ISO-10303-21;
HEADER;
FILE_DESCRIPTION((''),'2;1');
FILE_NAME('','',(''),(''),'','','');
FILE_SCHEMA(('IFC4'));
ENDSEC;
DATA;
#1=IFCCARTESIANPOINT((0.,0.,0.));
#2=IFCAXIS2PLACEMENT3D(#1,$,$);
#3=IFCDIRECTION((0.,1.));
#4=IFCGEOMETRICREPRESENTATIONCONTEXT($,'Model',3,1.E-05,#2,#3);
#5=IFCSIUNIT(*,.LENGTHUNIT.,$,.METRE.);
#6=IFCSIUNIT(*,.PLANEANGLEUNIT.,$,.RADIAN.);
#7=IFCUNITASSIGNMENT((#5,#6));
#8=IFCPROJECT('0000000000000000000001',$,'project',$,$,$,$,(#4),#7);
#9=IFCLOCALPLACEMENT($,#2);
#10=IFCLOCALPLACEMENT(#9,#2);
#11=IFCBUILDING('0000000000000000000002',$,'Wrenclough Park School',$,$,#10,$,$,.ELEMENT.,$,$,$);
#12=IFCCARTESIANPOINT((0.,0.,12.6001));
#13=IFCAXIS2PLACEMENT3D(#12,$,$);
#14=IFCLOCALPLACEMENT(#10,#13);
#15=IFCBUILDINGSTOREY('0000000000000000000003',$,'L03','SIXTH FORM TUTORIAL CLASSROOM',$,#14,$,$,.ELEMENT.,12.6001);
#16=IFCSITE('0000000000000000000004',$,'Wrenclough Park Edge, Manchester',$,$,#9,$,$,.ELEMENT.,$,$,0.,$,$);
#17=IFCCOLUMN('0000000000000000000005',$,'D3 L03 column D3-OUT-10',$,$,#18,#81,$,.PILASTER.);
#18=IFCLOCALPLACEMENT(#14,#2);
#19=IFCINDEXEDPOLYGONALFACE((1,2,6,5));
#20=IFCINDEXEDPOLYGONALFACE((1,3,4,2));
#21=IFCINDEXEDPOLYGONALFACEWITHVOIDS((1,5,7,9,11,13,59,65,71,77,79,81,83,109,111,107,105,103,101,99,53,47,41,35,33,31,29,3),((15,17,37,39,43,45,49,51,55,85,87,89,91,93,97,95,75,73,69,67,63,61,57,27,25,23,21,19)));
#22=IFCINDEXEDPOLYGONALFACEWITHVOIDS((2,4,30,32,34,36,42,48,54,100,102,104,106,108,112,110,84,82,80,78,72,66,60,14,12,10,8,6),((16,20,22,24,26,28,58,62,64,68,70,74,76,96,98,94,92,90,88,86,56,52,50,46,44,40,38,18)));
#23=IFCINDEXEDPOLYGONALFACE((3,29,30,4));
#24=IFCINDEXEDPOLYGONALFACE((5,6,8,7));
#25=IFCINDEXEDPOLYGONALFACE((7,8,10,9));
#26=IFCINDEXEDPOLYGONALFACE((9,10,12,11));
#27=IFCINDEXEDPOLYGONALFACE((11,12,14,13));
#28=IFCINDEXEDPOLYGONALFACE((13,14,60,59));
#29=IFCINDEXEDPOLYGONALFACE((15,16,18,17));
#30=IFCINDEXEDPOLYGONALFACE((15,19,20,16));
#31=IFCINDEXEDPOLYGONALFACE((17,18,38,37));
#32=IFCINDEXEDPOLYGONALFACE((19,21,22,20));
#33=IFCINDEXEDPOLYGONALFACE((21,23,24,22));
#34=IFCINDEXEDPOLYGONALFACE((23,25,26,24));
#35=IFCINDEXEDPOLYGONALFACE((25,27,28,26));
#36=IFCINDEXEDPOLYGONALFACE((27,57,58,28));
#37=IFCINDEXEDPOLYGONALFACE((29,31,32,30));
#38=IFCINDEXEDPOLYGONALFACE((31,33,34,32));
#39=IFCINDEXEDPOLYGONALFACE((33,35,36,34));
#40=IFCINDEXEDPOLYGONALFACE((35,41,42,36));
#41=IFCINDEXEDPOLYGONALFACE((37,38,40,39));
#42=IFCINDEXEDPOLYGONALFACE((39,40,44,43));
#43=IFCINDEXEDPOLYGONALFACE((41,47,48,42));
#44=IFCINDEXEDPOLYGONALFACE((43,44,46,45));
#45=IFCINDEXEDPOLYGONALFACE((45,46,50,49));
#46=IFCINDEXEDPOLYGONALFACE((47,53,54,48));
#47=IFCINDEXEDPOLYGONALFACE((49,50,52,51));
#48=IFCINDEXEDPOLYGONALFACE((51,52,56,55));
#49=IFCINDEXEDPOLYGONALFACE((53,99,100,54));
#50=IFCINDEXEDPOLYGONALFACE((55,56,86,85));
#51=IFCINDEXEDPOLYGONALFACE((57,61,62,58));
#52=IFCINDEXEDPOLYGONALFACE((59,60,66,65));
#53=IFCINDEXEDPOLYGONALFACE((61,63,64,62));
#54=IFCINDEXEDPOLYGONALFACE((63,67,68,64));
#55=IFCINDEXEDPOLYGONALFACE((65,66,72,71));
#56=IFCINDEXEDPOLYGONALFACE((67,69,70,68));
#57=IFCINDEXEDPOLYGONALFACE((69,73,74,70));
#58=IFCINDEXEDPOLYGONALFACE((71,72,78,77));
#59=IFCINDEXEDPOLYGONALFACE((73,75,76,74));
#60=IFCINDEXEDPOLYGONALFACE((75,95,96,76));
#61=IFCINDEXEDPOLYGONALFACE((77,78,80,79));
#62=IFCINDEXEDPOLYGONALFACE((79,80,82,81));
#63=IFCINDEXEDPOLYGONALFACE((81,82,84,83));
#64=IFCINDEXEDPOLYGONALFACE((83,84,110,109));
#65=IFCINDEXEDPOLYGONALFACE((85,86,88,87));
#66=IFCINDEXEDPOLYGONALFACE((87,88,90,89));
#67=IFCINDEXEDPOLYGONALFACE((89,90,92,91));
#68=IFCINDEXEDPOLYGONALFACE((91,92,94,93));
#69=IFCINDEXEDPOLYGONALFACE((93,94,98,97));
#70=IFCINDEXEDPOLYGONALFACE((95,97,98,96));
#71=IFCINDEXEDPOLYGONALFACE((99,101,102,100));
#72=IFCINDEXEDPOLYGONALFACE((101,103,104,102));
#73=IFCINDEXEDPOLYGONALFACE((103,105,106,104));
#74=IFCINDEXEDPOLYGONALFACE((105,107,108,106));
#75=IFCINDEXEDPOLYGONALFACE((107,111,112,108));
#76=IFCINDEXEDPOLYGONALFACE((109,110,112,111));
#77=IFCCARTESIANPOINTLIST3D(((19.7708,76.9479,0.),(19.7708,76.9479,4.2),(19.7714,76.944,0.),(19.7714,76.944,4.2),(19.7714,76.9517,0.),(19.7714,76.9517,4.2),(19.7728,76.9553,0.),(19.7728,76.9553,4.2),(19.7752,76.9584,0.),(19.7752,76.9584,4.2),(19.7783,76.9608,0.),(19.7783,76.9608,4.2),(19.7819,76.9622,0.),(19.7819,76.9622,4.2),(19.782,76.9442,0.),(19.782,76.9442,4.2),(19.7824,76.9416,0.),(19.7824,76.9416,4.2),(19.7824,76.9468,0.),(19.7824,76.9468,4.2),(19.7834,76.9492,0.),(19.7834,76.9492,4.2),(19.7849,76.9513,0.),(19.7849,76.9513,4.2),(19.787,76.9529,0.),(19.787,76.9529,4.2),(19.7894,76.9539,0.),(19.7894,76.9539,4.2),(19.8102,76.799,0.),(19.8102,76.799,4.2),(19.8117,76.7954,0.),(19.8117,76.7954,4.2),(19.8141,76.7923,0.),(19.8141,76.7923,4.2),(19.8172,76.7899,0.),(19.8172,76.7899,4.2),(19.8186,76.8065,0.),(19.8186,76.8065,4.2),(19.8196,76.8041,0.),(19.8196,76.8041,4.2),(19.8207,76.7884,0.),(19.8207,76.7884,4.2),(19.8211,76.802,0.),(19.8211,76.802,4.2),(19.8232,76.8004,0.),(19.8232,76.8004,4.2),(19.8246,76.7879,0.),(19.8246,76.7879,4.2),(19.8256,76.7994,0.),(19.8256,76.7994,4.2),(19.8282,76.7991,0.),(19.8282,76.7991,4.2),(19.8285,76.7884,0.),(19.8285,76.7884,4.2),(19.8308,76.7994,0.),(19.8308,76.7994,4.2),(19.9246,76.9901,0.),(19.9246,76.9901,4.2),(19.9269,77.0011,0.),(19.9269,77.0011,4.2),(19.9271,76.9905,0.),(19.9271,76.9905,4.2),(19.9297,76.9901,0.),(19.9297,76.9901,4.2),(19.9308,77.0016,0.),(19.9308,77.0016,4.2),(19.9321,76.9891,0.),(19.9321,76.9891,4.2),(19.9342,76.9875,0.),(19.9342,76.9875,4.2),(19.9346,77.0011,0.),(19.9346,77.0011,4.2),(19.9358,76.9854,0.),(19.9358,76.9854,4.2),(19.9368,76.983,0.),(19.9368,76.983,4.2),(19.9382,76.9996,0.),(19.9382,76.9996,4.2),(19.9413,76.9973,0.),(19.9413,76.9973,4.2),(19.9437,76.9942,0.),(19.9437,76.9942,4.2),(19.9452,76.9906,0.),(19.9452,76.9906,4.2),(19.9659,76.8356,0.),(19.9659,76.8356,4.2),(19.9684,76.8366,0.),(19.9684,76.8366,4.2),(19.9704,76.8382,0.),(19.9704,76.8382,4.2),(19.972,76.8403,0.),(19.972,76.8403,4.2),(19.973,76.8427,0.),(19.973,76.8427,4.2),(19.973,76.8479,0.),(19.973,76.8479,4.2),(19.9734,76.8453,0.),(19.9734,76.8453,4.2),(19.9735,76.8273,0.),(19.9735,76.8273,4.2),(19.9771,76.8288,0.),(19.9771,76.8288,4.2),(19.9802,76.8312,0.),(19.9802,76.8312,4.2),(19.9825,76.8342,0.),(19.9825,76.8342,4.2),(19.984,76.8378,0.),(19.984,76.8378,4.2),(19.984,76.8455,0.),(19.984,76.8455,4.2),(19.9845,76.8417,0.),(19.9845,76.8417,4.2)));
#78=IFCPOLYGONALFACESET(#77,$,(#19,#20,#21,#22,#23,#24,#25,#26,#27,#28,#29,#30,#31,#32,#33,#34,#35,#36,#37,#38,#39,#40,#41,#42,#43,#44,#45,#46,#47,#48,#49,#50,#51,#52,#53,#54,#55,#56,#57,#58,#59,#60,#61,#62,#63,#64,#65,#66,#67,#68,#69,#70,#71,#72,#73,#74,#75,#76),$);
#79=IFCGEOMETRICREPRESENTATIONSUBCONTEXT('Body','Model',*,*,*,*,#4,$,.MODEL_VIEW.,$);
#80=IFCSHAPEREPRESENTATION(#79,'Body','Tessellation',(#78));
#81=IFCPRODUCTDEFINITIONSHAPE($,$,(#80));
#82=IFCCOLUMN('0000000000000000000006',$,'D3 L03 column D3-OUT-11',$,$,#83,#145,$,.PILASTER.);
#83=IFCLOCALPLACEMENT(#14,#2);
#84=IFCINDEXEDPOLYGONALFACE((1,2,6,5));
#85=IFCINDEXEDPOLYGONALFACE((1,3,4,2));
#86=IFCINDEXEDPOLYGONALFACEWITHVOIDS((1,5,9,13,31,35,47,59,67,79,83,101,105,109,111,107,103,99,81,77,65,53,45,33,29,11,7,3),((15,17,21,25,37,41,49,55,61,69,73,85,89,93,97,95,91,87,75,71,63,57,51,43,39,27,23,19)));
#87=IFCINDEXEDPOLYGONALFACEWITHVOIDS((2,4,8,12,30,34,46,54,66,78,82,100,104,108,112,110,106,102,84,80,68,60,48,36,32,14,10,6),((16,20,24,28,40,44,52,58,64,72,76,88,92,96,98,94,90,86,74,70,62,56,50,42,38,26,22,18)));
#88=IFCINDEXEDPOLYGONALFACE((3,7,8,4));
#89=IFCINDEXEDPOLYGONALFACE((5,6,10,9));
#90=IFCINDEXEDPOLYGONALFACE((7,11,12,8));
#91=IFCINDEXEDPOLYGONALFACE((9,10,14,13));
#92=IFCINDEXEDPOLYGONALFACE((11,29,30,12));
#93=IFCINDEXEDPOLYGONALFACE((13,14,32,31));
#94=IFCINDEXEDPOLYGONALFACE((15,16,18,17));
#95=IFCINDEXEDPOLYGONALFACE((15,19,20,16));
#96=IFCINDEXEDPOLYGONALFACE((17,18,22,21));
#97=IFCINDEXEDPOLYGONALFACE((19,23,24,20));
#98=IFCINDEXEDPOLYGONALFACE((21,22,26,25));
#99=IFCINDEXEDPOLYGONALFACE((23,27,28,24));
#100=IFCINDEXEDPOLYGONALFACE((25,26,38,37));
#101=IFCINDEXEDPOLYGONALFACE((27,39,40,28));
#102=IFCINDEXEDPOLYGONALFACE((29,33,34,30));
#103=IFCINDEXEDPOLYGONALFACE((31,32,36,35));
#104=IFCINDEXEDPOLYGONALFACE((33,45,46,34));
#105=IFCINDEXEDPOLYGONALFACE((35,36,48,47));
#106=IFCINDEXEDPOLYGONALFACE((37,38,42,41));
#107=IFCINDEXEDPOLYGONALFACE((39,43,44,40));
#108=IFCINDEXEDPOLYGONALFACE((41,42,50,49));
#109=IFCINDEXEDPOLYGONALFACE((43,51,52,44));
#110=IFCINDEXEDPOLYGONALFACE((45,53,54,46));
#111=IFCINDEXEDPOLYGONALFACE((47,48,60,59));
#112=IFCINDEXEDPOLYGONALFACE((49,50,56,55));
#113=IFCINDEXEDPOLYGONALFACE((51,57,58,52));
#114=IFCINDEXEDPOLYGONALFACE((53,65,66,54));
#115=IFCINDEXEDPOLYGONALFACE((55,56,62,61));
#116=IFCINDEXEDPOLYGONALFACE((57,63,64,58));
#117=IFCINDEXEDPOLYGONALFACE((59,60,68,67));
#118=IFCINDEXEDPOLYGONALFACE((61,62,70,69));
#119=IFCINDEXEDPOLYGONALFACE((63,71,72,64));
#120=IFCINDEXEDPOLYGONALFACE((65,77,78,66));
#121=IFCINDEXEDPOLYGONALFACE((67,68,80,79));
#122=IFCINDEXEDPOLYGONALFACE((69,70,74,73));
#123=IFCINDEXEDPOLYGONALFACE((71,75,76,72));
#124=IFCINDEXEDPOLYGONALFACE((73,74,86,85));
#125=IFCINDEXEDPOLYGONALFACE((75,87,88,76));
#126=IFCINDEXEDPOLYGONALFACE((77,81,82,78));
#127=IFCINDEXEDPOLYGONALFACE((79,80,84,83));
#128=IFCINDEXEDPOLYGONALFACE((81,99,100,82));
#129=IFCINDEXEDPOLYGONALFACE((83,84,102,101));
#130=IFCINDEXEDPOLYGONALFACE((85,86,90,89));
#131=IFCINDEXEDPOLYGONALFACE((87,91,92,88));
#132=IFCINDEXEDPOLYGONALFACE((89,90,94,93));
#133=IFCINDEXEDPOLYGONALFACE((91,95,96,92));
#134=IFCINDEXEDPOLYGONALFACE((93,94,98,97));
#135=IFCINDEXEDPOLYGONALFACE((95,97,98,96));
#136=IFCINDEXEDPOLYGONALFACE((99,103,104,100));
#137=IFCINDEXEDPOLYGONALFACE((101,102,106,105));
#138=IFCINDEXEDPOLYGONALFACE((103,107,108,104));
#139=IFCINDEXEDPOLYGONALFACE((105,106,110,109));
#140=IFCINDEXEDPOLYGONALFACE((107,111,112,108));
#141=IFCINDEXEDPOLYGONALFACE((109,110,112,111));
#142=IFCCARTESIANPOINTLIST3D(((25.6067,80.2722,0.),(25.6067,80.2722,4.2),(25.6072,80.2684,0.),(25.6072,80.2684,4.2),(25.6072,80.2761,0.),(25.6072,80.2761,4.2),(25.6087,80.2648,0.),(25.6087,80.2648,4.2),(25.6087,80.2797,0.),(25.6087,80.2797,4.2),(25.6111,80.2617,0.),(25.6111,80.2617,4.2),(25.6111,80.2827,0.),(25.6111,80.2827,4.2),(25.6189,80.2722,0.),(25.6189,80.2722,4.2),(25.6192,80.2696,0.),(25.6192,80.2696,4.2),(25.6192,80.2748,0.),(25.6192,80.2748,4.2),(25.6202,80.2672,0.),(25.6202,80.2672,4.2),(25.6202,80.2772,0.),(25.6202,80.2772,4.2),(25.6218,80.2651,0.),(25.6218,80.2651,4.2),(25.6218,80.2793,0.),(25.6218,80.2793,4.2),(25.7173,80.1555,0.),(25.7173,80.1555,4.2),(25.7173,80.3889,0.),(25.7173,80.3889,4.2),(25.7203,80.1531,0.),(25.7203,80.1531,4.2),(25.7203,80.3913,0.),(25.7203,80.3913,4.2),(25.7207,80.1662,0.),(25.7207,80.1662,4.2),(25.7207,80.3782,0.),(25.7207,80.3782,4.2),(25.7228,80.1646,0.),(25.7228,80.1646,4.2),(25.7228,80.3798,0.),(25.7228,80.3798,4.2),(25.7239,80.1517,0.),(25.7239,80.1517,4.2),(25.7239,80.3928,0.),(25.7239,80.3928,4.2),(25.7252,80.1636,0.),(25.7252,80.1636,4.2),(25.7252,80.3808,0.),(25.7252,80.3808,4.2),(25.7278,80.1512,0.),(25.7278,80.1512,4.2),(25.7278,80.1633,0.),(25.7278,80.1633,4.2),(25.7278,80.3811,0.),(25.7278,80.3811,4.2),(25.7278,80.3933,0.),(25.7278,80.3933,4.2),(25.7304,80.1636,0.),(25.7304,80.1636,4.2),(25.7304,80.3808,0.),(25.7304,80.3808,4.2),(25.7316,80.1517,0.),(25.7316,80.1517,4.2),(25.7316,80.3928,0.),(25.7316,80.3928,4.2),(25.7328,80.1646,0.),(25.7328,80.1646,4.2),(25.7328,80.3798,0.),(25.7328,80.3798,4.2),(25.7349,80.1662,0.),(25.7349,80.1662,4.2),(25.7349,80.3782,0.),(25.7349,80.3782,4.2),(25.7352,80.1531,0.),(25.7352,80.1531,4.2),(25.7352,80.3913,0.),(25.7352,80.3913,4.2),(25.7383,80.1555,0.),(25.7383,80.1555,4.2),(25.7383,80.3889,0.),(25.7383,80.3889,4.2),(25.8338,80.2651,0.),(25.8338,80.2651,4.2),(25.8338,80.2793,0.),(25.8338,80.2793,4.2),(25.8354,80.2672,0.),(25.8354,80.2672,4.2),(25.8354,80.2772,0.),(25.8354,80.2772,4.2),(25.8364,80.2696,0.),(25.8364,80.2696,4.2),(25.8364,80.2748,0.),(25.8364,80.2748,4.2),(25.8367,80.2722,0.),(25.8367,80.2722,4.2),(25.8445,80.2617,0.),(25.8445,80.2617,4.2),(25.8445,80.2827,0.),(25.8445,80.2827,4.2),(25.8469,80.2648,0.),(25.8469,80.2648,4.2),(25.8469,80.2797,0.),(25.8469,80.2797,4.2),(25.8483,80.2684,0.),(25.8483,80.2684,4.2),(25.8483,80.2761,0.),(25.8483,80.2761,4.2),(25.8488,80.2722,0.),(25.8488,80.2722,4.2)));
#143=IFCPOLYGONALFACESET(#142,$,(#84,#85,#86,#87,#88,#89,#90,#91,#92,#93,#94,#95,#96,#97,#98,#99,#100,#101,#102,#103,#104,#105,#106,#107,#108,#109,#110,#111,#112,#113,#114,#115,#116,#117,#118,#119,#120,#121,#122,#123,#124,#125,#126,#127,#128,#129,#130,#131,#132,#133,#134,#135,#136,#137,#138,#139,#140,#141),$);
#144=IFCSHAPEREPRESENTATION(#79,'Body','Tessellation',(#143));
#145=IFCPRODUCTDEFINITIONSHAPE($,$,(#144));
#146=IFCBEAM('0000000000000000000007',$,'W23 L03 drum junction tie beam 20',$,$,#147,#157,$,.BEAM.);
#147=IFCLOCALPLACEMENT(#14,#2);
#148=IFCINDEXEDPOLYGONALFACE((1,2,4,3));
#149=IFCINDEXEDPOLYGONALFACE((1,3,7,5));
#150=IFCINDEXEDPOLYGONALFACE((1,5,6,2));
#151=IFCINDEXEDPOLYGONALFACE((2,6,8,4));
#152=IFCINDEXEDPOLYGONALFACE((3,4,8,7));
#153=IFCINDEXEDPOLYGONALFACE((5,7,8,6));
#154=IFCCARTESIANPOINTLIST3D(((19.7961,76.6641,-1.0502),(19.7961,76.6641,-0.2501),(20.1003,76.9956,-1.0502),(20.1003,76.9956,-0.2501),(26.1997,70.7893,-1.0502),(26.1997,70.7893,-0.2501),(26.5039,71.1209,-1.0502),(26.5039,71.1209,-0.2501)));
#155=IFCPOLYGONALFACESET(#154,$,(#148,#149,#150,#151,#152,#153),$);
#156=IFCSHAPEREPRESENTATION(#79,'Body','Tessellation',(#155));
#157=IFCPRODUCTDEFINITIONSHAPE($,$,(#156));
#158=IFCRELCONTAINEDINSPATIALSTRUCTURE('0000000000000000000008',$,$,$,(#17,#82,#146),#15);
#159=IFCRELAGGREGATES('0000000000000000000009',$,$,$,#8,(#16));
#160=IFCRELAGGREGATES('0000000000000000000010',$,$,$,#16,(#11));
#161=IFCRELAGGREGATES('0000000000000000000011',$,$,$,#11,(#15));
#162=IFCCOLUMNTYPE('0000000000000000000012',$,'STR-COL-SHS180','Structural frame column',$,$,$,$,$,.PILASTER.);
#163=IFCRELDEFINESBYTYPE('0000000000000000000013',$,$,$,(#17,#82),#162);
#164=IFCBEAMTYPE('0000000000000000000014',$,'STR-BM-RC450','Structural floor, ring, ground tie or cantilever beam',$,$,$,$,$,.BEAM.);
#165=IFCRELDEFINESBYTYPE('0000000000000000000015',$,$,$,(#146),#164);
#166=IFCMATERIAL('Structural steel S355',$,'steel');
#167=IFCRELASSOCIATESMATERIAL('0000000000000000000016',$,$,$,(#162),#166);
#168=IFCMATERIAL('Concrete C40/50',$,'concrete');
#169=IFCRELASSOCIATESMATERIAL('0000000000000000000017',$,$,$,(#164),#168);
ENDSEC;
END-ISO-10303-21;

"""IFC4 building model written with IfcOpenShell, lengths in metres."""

from ifc_helpers import new_model, si_unit, direction, frame, origin, origin_2d, place, context, subcontext, project, spatial, rectangle, hollow_rectangle, extrude, material, material_profile, profile_set, type_object, element, save


model = new_model("IFC4")

# Units and contexts
model_context = context("Model", 3, precision=1e-05, world=origin(), true_north=direction((0.0, 1.0)))
body_context = subcontext(model_context, "Body", "Model", "MODEL_VIEW")
ifc_project = project(units=[si_unit("LENGTHUNIT", "METRE"), si_unit("PLANEANGLEUNIT", "RADIAN")], contexts=[model_context])

# Site, building, storey
site_placement = place(None, origin())
site = spatial("IfcSite", under=ifc_project, at=site_placement, Name="Wrenclough Park Edge, Manchester", CompositionType="ELEMENT", RefElevation=0.0)
building_placement = place(site_placement, origin())
building = spatial("IfcBuilding", under=site, at=building_placement, Name="Wrenclough Park School", CompositionType="ELEMENT")
storey_placement = place(building_placement, frame((0.0, 0.0, 12.6001)))
storey = spatial("IfcBuildingStorey", under=building, at=storey_placement, Name="L03", Description="SIXTH FORM TUTORIAL CLASSROOM", CompositionType="ELEMENT", Elevation=12.6001)

# Columns
ifc_material_1 = material(Name="Structural steel S355", Category="steel")
ifc_material_profile_1 = material_profile(ifc_material_1, hollow_rectangle(XDim=0.1799, YDim=0.1799, WallThickness=0.01, InnerFilletRadius=0.01, OuterFilletRadius=0.0149, at=origin_2d()), Name="SHS 180x180x10.0")
ifc_profile_set_1 = profile_set([ifc_material_profile_1], Name="Structural steel S355")
column_type = type_object("IfcColumnType", Name="STR-COL-SHS180", Description="Structural frame column", PredefinedType="PILASTER", material=ifc_profile_set_1)
for number, where, z_axis, x_axis, name in (
    (1, (19.8777, 76.8948, 0.0), (0.0, 0.0, 1.0), (0.965926, 0.258819, 0.0), "D3 L03 column D3-OUT-10"),
    (2, (25.7278, 80.2722, 0.0), (0.0, 0.0, 1.0), (0.707107, 0.707107, 0.0), "D3 L03 column D3-OUT-11"),
):
    element("IfcColumn", number, at=place(storey_placement, frame(where, z_axis=z_axis, x_axis=x_axis)), inside=storey, type_object=column_type, Name=name, PredefinedType="PILASTER", context=body_context, shape_type="SweptSolid", body=[
        extrude(hollow_rectangle(XDim=0.1799, YDim=0.1799, WallThickness=0.01, InnerFilletRadius=0.01, OuterFilletRadius=0.0149, at=origin_2d()), origin(), (0.0, 0.0, 1.0), 4.2),
    ])

# Beam
ifc_material_2 = material(Name="Concrete C40/50", Category="concrete")
ifc_material_profile_2 = material_profile(ifc_material_2, rectangle(XDim=0.45, YDim=0.8, at=origin_2d()), Name="RC BEAM 450x800")
ifc_profile_set_2 = profile_set([ifc_material_profile_2], Name="Concrete C40/50")
beam_type_1 = type_object("IfcBeamType", Name="STR-BM-RC450", Description="Structural floor, ring, ground tie or cantilever beam", PredefinedType="BEAM", material=ifc_profile_set_2)
beam_1_placement = place(storey_placement, frame((26.3518, 70.9551, -0.6501), z_axis=(-0.736878, 0.676026, 0.0), x_axis=(-0.676026, -0.736878, 0.0)))
element("IfcBeam", 3, at=beam_1_placement, inside=storey, type_object=beam_type_1, Name="W23 L03 drum junction tie beam 20", PredefinedType="BEAM", context=body_context, shape_type="SweptSolid", body=[
    extrude(rectangle(XDim=0.45, YDim=0.8, at=origin_2d()), origin(), (0.0, 0.0, 1.0), 8.6902),
])

save(model, "model.ifc")
